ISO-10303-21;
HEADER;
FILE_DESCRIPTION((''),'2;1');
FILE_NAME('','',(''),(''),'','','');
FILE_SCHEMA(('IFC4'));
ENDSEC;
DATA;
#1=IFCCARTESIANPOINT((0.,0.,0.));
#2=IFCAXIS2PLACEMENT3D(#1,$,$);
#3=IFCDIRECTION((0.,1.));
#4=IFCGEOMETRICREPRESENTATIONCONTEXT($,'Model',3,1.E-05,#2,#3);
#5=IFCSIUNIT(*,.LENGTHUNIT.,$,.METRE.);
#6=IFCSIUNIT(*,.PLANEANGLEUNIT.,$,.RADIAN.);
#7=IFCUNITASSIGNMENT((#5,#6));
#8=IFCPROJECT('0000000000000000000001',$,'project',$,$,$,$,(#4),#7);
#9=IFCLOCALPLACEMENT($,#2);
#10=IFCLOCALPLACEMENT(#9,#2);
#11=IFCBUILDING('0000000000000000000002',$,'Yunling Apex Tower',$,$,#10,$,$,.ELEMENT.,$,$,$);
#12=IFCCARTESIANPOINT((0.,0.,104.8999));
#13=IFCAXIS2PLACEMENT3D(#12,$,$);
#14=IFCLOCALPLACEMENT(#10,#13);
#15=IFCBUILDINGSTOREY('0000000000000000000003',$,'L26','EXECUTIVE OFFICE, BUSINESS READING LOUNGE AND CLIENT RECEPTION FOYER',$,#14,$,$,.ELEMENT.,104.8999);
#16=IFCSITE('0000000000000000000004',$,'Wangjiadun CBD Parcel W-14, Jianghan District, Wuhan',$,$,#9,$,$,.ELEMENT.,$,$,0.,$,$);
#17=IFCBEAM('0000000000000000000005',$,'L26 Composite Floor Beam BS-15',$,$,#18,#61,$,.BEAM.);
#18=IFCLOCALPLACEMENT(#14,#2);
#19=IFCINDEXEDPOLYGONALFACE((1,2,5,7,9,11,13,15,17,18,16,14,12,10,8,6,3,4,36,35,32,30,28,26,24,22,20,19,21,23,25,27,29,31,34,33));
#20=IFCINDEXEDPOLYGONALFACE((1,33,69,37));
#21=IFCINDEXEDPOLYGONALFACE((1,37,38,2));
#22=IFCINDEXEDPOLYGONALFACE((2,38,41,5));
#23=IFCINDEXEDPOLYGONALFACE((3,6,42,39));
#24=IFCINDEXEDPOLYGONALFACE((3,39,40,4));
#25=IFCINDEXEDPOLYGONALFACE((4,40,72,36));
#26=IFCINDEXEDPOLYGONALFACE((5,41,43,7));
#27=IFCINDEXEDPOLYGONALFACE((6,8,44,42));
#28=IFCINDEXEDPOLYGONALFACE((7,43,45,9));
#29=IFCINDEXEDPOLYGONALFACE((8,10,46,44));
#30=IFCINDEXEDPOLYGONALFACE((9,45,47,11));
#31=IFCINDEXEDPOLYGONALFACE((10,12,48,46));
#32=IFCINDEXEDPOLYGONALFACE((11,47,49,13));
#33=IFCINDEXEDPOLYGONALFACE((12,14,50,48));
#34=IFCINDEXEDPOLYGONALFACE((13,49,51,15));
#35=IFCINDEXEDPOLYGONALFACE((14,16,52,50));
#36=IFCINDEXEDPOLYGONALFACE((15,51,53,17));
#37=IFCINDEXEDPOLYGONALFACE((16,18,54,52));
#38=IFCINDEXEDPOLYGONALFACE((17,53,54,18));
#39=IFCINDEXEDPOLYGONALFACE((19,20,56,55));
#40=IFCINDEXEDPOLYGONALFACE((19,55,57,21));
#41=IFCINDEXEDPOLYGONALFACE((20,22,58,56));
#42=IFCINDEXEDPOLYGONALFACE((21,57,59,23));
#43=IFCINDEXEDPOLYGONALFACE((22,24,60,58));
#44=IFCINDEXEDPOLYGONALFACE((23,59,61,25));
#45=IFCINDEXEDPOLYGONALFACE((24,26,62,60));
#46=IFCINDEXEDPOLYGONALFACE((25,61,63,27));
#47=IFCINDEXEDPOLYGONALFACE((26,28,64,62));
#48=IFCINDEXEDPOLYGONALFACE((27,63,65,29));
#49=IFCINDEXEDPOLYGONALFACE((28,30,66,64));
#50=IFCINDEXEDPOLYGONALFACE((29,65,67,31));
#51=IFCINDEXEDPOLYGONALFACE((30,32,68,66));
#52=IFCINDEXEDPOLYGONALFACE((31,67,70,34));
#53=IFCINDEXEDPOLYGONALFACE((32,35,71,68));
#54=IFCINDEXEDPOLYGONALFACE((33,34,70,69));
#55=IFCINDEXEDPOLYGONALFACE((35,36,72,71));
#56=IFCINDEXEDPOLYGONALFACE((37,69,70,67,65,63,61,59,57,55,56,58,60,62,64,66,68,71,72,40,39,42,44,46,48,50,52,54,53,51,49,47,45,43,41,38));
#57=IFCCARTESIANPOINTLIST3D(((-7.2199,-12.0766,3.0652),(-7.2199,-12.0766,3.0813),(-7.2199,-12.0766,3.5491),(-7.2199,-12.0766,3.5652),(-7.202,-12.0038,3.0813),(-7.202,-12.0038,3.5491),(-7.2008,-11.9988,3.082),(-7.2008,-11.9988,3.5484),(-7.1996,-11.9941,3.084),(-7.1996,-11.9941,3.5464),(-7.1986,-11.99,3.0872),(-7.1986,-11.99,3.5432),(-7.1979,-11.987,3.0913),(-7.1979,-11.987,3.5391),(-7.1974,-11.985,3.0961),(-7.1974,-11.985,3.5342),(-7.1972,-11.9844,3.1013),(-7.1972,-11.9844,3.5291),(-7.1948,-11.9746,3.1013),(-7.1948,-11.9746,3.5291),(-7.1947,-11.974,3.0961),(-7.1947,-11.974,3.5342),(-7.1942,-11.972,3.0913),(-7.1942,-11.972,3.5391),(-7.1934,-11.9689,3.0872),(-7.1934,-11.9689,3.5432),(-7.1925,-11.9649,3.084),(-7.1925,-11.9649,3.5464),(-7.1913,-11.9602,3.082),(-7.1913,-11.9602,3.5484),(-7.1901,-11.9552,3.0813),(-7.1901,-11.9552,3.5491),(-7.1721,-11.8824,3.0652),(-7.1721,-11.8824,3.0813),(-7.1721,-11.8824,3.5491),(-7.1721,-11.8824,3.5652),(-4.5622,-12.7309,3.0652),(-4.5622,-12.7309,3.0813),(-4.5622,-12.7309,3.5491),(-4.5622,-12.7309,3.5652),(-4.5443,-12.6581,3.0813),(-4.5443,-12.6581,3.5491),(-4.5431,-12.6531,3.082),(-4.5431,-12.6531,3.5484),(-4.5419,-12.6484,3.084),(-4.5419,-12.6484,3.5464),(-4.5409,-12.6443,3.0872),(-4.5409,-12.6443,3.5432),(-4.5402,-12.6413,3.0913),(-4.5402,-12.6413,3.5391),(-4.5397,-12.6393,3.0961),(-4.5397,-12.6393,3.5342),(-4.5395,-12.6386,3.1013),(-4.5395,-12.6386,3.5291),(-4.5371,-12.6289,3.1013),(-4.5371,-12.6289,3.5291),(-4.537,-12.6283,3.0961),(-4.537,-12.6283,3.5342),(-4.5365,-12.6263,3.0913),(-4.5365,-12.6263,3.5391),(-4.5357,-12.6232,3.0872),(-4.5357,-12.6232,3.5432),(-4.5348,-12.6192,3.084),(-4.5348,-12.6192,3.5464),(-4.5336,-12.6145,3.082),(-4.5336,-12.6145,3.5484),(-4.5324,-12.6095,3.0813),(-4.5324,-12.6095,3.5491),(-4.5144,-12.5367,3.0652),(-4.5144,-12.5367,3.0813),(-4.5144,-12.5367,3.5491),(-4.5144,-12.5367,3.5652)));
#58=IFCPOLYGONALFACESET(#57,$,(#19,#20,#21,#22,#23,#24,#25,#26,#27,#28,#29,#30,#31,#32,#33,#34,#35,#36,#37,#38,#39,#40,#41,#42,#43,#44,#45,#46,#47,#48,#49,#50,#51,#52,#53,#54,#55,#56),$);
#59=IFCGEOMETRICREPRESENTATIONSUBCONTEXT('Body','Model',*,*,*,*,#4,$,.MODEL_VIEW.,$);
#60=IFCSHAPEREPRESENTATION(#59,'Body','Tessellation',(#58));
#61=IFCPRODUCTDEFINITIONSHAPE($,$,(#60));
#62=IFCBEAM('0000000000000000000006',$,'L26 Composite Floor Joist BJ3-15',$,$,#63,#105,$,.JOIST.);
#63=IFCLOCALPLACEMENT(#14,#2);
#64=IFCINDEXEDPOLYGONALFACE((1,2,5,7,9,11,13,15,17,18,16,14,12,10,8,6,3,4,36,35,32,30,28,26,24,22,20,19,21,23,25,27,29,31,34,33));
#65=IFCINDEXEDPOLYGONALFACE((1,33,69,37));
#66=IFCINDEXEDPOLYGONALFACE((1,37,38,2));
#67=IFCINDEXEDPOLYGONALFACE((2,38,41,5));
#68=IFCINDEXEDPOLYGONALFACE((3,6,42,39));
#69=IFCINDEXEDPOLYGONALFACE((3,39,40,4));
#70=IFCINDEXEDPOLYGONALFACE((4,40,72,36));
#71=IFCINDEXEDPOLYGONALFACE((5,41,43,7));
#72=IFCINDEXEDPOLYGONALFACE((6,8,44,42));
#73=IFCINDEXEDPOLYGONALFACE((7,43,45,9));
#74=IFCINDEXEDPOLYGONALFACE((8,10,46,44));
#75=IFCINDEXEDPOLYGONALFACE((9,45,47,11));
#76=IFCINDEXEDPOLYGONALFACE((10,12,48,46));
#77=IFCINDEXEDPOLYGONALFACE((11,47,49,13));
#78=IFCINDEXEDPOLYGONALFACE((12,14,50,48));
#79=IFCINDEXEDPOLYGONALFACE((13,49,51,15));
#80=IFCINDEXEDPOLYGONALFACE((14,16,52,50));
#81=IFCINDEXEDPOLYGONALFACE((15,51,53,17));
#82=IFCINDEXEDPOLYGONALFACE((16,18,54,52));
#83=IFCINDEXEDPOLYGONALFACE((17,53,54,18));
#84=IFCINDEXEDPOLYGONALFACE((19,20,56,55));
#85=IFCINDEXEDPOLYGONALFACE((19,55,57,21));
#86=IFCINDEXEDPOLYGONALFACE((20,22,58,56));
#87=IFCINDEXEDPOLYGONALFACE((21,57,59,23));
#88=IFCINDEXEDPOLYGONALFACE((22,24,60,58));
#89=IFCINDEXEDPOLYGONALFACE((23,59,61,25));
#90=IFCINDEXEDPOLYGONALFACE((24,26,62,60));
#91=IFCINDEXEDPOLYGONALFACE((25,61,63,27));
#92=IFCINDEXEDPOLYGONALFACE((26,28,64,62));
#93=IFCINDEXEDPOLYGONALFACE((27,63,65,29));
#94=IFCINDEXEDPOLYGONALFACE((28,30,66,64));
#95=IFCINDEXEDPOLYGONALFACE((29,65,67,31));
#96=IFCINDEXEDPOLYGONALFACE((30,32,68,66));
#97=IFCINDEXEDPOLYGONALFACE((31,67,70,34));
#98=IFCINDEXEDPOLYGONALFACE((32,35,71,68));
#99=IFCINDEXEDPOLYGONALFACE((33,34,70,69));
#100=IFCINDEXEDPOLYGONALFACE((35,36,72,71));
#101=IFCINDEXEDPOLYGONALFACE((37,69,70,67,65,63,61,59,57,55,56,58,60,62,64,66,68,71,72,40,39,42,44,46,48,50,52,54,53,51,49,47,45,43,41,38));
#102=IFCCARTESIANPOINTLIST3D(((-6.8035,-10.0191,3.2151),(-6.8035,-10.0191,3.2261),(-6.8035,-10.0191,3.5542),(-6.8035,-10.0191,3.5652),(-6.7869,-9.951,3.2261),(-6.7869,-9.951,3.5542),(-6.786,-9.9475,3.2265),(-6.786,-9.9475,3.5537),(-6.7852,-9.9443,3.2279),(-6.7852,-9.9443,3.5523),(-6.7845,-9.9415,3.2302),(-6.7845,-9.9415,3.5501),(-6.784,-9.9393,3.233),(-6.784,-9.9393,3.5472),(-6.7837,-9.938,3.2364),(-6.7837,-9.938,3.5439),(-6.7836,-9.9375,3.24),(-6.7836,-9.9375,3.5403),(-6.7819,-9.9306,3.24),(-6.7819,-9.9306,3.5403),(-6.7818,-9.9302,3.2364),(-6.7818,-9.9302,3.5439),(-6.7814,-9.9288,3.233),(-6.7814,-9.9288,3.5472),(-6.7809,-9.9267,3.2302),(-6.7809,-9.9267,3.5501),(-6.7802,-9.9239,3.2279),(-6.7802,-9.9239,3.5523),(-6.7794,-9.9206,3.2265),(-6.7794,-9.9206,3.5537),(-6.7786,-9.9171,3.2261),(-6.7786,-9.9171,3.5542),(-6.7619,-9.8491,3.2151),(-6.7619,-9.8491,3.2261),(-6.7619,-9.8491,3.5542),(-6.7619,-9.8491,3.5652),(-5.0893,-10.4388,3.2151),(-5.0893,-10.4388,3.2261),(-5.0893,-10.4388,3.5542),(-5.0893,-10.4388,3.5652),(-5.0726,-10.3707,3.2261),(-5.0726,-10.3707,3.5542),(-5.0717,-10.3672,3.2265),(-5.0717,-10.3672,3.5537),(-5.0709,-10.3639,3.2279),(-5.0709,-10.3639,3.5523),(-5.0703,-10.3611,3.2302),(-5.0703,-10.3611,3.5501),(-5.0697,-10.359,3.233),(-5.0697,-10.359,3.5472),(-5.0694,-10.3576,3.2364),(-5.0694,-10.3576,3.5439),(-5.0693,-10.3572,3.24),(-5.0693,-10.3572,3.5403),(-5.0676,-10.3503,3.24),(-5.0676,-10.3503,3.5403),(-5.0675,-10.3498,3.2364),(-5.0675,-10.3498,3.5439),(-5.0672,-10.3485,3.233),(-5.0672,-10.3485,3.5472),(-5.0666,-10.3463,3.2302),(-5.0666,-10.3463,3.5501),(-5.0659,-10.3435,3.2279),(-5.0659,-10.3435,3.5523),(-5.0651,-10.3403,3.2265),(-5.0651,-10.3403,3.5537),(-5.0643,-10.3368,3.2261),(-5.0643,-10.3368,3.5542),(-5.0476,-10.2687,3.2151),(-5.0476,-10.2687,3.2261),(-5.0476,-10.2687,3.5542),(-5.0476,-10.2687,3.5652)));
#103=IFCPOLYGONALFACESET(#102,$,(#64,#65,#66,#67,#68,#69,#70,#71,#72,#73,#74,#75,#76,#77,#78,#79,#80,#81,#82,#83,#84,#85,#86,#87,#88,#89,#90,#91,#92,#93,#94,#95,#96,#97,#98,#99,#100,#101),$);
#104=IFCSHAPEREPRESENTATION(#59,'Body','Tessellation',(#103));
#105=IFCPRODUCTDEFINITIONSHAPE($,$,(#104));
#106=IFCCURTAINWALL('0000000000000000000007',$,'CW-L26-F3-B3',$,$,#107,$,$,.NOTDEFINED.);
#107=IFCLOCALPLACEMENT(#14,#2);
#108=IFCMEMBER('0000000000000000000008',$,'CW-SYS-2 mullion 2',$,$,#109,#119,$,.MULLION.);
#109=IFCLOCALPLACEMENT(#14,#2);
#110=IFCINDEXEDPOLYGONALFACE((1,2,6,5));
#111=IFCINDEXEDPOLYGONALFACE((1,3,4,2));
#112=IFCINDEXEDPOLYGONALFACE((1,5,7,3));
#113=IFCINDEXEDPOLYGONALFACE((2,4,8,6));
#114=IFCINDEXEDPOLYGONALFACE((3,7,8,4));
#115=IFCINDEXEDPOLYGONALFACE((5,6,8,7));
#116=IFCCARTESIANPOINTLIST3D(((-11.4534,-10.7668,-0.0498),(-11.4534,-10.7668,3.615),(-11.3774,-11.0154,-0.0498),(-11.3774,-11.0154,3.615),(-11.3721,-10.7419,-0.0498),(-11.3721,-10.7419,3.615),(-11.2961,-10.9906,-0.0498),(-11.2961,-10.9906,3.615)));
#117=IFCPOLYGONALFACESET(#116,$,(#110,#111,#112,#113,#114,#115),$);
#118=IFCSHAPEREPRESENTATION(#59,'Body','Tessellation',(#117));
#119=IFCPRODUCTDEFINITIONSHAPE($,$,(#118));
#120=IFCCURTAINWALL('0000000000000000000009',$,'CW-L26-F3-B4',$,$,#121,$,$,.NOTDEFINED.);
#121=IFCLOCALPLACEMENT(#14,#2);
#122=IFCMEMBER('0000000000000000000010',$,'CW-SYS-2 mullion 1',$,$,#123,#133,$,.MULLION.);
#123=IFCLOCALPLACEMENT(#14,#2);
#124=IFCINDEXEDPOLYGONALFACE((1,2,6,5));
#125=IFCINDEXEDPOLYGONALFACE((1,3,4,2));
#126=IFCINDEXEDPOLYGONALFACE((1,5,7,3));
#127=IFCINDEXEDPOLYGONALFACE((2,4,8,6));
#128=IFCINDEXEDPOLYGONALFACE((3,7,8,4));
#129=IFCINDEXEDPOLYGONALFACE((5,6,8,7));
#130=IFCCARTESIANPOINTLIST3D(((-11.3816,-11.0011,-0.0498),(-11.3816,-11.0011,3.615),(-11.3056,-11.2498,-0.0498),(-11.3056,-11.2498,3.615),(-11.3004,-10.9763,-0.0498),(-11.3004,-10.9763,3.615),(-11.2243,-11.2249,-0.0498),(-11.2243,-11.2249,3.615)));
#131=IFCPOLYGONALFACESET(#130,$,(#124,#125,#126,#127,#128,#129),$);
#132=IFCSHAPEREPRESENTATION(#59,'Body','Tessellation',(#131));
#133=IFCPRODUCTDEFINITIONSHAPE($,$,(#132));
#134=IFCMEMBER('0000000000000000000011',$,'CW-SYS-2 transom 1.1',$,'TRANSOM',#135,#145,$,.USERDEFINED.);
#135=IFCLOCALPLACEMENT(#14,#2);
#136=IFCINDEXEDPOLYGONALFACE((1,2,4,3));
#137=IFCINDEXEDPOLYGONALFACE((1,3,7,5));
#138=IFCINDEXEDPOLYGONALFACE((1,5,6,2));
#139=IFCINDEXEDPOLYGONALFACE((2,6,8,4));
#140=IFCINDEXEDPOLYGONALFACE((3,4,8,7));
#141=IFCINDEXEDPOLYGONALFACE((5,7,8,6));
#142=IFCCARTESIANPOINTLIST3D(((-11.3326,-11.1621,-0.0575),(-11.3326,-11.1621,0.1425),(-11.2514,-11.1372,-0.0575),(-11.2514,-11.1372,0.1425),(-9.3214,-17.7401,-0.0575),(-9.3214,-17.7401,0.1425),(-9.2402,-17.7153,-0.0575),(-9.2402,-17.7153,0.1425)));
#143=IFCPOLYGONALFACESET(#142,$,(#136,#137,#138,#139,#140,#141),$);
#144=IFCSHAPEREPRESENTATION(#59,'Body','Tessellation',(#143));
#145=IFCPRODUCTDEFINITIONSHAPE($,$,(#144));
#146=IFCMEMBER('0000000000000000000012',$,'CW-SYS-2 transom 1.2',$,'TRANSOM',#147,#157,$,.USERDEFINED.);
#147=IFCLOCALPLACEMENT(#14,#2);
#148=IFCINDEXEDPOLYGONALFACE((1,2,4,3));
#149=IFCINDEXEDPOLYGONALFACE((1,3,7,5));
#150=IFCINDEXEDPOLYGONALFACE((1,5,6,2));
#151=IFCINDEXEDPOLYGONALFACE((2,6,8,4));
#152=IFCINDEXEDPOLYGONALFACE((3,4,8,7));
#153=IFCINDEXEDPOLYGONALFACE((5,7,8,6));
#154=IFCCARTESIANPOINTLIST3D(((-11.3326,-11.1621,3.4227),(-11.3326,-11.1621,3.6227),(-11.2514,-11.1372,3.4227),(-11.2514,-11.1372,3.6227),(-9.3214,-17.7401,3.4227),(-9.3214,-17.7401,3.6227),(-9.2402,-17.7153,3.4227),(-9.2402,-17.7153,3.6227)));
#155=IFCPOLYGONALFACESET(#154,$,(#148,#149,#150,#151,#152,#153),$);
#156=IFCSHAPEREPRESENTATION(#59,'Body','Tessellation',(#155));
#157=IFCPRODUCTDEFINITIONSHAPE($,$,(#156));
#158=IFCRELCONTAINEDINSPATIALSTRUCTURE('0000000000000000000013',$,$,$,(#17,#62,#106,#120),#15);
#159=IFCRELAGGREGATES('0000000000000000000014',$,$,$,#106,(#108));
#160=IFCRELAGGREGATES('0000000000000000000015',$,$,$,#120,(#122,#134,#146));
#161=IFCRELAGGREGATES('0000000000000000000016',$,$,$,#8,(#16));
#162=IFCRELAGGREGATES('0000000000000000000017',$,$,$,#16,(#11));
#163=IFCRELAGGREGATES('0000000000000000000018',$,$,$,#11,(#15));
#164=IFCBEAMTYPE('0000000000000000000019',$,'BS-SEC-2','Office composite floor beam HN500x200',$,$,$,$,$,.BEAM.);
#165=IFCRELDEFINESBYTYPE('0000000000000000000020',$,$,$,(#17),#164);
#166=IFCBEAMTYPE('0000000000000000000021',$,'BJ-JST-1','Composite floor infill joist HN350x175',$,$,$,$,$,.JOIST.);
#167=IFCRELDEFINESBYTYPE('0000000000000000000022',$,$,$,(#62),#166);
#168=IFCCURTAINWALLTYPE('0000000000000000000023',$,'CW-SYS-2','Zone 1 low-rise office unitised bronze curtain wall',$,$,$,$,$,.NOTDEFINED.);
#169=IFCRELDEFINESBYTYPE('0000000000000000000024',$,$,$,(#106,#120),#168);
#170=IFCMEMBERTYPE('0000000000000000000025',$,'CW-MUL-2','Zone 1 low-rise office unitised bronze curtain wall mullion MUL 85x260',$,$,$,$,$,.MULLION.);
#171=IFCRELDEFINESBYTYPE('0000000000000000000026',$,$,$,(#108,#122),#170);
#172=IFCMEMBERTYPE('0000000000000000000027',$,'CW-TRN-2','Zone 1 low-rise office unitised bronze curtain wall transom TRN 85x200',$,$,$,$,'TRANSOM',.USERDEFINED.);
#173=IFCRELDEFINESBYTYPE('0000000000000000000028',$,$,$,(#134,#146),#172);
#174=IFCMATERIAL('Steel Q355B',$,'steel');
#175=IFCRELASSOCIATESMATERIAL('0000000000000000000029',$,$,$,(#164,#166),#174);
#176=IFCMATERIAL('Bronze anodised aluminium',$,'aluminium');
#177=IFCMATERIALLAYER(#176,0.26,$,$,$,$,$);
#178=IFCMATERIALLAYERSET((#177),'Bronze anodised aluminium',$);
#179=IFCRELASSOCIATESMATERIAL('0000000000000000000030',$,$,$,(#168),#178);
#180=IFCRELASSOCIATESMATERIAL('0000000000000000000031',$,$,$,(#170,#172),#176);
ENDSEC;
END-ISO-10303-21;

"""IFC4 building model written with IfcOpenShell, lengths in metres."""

from ifc_helpers import new_model, si_unit, direction, frame, origin, origin_2d, place, context, subcontext, project, spatial, rectangle, i_section, extrude, source, transform, mapped, material, layer, layer_set, material_profile, profile_set, type_object, element, aggregate, save


model = new_model("IFC4")

# Units and contexts
model_context = context("Model", 3, precision=1e-05, world=origin(), true_north=direction((0.0, 1.0)))
body_context = subcontext(model_context, "Body", "Model", "MODEL_VIEW")
ifc_project = project(units=[si_unit("LENGTHUNIT", "METRE"), si_unit("PLANEANGLEUNIT", "RADIAN")], contexts=[model_context])

# Site, building, storey
site_placement = place(None, origin())
site = spatial("IfcSite", under=ifc_project, at=site_placement, Name="Wangjiadun CBD Parcel W-14, Jianghan District, Wuhan", CompositionType="ELEMENT", RefElevation=0.0)
building_placement = place(site_placement, origin())
building = spatial("IfcBuilding", under=site, at=building_placement, Name="Yunling Apex Tower", CompositionType="ELEMENT")
storey_placement = place(building_placement, frame((0.0, 0.0, 104.8999)))
storey = spatial("IfcBuildingStorey", under=building, at=storey_placement, Name="L26", Description="EXECUTIVE OFFICE, BUSINESS READING LOUNGE AND CLIENT RECEPTION FOYER", CompositionType="ELEMENT", Elevation=104.8999)

# Beams
ifc_material_1 = material(Name="Steel Q355B", Category="steel")
ifc_material_profile_1 = material_profile(ifc_material_1, i_section(OverallWidth=0.2, OverallDepth=0.5, WebThickness=0.01, FlangeThickness=0.0161, FilletRadius=0.02, at=origin_2d()))
ifc_profile_set_1 = profile_set([ifc_material_profile_1], Name="Steel Q355B")
beam_type_1 = type_object("IfcBeamType", Name="BS-SEC-2", Description="Office composite floor beam HN500x200", PredefinedType="BEAM", material=ifc_profile_set_1)
ifc_material_profile_2 = material_profile(ifc_material_1, i_section(OverallWidth=0.175, OverallDepth=0.3501, WebThickness=0.0071, FlangeThickness=0.011, FilletRadius=0.0139, at=origin_2d()))
ifc_profile_set_2 = profile_set([ifc_material_profile_2], Name="Steel Q355B")
beam_type_2 = type_object("IfcBeamType", Name="BJ-JST-1", Description="Composite floor infill joist HN350x175", PredefinedType="JOIST", material=ifc_profile_set_2)
shared_shape_1 = source(origin(), body_context, "Body", "SweptSolid", [
    extrude(i_section(OverallWidth=0.2, OverallDepth=0.5, WebThickness=0.01, FlangeThickness=0.0161, FilletRadius=0.02, at=origin_2d()), origin(), (0.0, 0.0, 1.0), 2.7371),
])
beam_1_placement = place(storey_placement, frame((-7.196, -11.9795, 3.3152), z_axis=(0.971007, -0.23905, 0.0), x_axis=(0.23905, 0.971007, 0.0)))
element("IfcBeam", 1, at=beam_1_placement, inside=storey, type_object=beam_type_1, Name="L26 Composite Floor Beam BS-15", PredefinedType="BEAM", context=body_context, shape_type="MappedRepresentation", body=[
    mapped(shared_shape_1, transform((0.0, 0.0, 0.0), scale=1.0)),
])
shared_shape_2 = source(origin(), body_context, "Body", "SweptSolid", [
    extrude(i_section(OverallWidth=0.175, OverallDepth=0.3501, WebThickness=0.0071, FlangeThickness=0.011, FilletRadius=0.0139, at=origin_2d()), origin(), (0.0, 0.0, 1.0), 1.7649),
])
beam_2_placement = place(storey_placement, frame((-6.7827, -9.9341, 3.3901), z_axis=(0.971319, -0.237781, 0.0), x_axis=(0.237781, 0.971319, 0.0)))
element("IfcBeam", 2, at=beam_2_placement, inside=storey, type_object=beam_type_2, Name="L26 Composite Floor Joist BJ3-15", PredefinedType="JOIST", context=body_context, shape_type="MappedRepresentation", body=[
    mapped(shared_shape_2, transform((0.0, 0.0, 0.0), scale=1.0)),
])

# Curtain wall, member
ifc_material_2 = material(Name="Bronze anodised aluminium", Category="aluminium")
ifc_layer_1 = layer(ifc_material_2, 0.26)
ifc_layer_set_1 = layer_set([ifc_layer_1], Name="Bronze anodised aluminium")
curtain_wall_type = type_object("IfcCurtainWallType", Name="CW-SYS-2", Description="Zone 1 low-rise office unitised bronze curtain wall", PredefinedType="NOTDEFINED", material=ifc_layer_set_1)
curtain_wall_1_placement = place(storey_placement, origin())
curtain_wall_1 = element("IfcCurtainWall", 3, at=curtain_wall_1_placement, inside=storey, type_object=curtain_wall_type, Name="CW-L26-F3-B3", PredefinedType="NOTDEFINED")
ifc_material_profile_3 = material_profile(ifc_material_2, rectangle(XDim=0.085, YDim=0.26, at=origin_2d()))
ifc_profile_set_3 = profile_set([ifc_material_profile_3], Name="Bronze anodised aluminium")
member_type_1 = type_object("IfcMemberType", Name="CW-MUL-2", Description="Zone 1 low-rise office unitised bronze curtain wall mullion MUL 85x260", PredefinedType="MULLION", material=ifc_profile_set_3)
shared_shape_3 = source(origin(), body_context, "Body", "SweptSolid", [
    extrude(rectangle(XDim=0.085, YDim=0.26, at=origin_2d()), origin(), (0.0, 0.0, 1.0), 3.6648),
])
member_1_placement = place(storey_placement, frame((-11.3748, -10.8787, -0.0498), z_axis=(0.0, 0.0, 1.0), x_axis=(0.956304, 0.292373, 0.0)))
member_1 = element("IfcMember", 4, at=member_1_placement, type_object=member_type_1, Name="CW-SYS-2 mullion 2", PredefinedType="MULLION", context=body_context, shape_type="MappedRepresentation", body=[
    mapped(shared_shape_3, transform((0.0, 0.0, 0.0), scale=1.0)),
])
aggregate(curtain_wall_1, [member_1])

# Curtain wall, members
curtain_wall_2_placement = place(storey_placement, origin())
curtain_wall_2 = element("IfcCurtainWall", 5, at=curtain_wall_2_placement, inside=storey, type_object=curtain_wall_type, Name="CW-L26-F3-B4", PredefinedType="NOTDEFINED")
member_2_placement = place(storey_placement, frame((-11.303, -11.113, -0.0498), z_axis=(0.0, 0.0, 1.0), x_axis=(0.956304, 0.292373, 0.0)))
member_2 = element("IfcMember", 6, at=member_2_placement, type_object=member_type_1, Name="CW-SYS-2 mullion 1", PredefinedType="MULLION", context=body_context, shape_type="MappedRepresentation", body=[
    mapped(shared_shape_3, transform((0.0, 0.0, 0.0), scale=1.0)),
])
ifc_material_profile_4 = material_profile(ifc_material_2, rectangle(XDim=0.085, YDim=0.2, at=origin_2d()))
ifc_profile_set_4 = profile_set([ifc_material_profile_4], Name="Bronze anodised aluminium")
member_type_2 = type_object("IfcMemberType", Name="CW-TRN-2", Description="Zone 1 low-rise office unitised bronze curtain wall transom TRN 85x200", ElementType="TRANSOM", PredefinedType="USERDEFINED", material=ifc_profile_set_4)
shared_shape_4 = source(origin(), body_context, "Body", "SweptSolid", [
    extrude(rectangle(XDim=0.085, YDim=0.2, at=origin_2d()), origin(), (0.0, 0.0, 1.0), 6.8787),
])
member_3_placement = place(storey_placement, frame((-11.292, -11.1497, 0.0425), z_axis=(0.292384, -0.956301, 0.0), x_axis=(0.956301, 0.292384, 0.0)))
member_3 = element("IfcMember", 7, at=member_3_placement, type_object=member_type_2, Name="CW-SYS-2 transom 1.1", ObjectType="TRANSOM", PredefinedType="USERDEFINED", context=body_context, shape_type="MappedRepresentation", body=[
    mapped(shared_shape_4, transform((0.0, 0.0, 0.0), scale=1.0)),
])
member_4_placement = place(storey_placement, frame((-11.292, -11.1497, 3.5227), z_axis=(0.292384, -0.956301, 0.0), x_axis=(0.956301, 0.292384, 0.0)))
member_4 = element("IfcMember", 8, at=member_4_placement, type_object=member_type_2, Name="CW-SYS-2 transom 1.2", ObjectType="TRANSOM", PredefinedType="USERDEFINED", context=body_context, shape_type="MappedRepresentation", body=[
    mapped(shared_shape_4, transform((0.0, 0.0, 0.0), scale=1.0)),
])
aggregate(curtain_wall_2, [member_2, member_3, member_4])

save(model, "model.ifc")
